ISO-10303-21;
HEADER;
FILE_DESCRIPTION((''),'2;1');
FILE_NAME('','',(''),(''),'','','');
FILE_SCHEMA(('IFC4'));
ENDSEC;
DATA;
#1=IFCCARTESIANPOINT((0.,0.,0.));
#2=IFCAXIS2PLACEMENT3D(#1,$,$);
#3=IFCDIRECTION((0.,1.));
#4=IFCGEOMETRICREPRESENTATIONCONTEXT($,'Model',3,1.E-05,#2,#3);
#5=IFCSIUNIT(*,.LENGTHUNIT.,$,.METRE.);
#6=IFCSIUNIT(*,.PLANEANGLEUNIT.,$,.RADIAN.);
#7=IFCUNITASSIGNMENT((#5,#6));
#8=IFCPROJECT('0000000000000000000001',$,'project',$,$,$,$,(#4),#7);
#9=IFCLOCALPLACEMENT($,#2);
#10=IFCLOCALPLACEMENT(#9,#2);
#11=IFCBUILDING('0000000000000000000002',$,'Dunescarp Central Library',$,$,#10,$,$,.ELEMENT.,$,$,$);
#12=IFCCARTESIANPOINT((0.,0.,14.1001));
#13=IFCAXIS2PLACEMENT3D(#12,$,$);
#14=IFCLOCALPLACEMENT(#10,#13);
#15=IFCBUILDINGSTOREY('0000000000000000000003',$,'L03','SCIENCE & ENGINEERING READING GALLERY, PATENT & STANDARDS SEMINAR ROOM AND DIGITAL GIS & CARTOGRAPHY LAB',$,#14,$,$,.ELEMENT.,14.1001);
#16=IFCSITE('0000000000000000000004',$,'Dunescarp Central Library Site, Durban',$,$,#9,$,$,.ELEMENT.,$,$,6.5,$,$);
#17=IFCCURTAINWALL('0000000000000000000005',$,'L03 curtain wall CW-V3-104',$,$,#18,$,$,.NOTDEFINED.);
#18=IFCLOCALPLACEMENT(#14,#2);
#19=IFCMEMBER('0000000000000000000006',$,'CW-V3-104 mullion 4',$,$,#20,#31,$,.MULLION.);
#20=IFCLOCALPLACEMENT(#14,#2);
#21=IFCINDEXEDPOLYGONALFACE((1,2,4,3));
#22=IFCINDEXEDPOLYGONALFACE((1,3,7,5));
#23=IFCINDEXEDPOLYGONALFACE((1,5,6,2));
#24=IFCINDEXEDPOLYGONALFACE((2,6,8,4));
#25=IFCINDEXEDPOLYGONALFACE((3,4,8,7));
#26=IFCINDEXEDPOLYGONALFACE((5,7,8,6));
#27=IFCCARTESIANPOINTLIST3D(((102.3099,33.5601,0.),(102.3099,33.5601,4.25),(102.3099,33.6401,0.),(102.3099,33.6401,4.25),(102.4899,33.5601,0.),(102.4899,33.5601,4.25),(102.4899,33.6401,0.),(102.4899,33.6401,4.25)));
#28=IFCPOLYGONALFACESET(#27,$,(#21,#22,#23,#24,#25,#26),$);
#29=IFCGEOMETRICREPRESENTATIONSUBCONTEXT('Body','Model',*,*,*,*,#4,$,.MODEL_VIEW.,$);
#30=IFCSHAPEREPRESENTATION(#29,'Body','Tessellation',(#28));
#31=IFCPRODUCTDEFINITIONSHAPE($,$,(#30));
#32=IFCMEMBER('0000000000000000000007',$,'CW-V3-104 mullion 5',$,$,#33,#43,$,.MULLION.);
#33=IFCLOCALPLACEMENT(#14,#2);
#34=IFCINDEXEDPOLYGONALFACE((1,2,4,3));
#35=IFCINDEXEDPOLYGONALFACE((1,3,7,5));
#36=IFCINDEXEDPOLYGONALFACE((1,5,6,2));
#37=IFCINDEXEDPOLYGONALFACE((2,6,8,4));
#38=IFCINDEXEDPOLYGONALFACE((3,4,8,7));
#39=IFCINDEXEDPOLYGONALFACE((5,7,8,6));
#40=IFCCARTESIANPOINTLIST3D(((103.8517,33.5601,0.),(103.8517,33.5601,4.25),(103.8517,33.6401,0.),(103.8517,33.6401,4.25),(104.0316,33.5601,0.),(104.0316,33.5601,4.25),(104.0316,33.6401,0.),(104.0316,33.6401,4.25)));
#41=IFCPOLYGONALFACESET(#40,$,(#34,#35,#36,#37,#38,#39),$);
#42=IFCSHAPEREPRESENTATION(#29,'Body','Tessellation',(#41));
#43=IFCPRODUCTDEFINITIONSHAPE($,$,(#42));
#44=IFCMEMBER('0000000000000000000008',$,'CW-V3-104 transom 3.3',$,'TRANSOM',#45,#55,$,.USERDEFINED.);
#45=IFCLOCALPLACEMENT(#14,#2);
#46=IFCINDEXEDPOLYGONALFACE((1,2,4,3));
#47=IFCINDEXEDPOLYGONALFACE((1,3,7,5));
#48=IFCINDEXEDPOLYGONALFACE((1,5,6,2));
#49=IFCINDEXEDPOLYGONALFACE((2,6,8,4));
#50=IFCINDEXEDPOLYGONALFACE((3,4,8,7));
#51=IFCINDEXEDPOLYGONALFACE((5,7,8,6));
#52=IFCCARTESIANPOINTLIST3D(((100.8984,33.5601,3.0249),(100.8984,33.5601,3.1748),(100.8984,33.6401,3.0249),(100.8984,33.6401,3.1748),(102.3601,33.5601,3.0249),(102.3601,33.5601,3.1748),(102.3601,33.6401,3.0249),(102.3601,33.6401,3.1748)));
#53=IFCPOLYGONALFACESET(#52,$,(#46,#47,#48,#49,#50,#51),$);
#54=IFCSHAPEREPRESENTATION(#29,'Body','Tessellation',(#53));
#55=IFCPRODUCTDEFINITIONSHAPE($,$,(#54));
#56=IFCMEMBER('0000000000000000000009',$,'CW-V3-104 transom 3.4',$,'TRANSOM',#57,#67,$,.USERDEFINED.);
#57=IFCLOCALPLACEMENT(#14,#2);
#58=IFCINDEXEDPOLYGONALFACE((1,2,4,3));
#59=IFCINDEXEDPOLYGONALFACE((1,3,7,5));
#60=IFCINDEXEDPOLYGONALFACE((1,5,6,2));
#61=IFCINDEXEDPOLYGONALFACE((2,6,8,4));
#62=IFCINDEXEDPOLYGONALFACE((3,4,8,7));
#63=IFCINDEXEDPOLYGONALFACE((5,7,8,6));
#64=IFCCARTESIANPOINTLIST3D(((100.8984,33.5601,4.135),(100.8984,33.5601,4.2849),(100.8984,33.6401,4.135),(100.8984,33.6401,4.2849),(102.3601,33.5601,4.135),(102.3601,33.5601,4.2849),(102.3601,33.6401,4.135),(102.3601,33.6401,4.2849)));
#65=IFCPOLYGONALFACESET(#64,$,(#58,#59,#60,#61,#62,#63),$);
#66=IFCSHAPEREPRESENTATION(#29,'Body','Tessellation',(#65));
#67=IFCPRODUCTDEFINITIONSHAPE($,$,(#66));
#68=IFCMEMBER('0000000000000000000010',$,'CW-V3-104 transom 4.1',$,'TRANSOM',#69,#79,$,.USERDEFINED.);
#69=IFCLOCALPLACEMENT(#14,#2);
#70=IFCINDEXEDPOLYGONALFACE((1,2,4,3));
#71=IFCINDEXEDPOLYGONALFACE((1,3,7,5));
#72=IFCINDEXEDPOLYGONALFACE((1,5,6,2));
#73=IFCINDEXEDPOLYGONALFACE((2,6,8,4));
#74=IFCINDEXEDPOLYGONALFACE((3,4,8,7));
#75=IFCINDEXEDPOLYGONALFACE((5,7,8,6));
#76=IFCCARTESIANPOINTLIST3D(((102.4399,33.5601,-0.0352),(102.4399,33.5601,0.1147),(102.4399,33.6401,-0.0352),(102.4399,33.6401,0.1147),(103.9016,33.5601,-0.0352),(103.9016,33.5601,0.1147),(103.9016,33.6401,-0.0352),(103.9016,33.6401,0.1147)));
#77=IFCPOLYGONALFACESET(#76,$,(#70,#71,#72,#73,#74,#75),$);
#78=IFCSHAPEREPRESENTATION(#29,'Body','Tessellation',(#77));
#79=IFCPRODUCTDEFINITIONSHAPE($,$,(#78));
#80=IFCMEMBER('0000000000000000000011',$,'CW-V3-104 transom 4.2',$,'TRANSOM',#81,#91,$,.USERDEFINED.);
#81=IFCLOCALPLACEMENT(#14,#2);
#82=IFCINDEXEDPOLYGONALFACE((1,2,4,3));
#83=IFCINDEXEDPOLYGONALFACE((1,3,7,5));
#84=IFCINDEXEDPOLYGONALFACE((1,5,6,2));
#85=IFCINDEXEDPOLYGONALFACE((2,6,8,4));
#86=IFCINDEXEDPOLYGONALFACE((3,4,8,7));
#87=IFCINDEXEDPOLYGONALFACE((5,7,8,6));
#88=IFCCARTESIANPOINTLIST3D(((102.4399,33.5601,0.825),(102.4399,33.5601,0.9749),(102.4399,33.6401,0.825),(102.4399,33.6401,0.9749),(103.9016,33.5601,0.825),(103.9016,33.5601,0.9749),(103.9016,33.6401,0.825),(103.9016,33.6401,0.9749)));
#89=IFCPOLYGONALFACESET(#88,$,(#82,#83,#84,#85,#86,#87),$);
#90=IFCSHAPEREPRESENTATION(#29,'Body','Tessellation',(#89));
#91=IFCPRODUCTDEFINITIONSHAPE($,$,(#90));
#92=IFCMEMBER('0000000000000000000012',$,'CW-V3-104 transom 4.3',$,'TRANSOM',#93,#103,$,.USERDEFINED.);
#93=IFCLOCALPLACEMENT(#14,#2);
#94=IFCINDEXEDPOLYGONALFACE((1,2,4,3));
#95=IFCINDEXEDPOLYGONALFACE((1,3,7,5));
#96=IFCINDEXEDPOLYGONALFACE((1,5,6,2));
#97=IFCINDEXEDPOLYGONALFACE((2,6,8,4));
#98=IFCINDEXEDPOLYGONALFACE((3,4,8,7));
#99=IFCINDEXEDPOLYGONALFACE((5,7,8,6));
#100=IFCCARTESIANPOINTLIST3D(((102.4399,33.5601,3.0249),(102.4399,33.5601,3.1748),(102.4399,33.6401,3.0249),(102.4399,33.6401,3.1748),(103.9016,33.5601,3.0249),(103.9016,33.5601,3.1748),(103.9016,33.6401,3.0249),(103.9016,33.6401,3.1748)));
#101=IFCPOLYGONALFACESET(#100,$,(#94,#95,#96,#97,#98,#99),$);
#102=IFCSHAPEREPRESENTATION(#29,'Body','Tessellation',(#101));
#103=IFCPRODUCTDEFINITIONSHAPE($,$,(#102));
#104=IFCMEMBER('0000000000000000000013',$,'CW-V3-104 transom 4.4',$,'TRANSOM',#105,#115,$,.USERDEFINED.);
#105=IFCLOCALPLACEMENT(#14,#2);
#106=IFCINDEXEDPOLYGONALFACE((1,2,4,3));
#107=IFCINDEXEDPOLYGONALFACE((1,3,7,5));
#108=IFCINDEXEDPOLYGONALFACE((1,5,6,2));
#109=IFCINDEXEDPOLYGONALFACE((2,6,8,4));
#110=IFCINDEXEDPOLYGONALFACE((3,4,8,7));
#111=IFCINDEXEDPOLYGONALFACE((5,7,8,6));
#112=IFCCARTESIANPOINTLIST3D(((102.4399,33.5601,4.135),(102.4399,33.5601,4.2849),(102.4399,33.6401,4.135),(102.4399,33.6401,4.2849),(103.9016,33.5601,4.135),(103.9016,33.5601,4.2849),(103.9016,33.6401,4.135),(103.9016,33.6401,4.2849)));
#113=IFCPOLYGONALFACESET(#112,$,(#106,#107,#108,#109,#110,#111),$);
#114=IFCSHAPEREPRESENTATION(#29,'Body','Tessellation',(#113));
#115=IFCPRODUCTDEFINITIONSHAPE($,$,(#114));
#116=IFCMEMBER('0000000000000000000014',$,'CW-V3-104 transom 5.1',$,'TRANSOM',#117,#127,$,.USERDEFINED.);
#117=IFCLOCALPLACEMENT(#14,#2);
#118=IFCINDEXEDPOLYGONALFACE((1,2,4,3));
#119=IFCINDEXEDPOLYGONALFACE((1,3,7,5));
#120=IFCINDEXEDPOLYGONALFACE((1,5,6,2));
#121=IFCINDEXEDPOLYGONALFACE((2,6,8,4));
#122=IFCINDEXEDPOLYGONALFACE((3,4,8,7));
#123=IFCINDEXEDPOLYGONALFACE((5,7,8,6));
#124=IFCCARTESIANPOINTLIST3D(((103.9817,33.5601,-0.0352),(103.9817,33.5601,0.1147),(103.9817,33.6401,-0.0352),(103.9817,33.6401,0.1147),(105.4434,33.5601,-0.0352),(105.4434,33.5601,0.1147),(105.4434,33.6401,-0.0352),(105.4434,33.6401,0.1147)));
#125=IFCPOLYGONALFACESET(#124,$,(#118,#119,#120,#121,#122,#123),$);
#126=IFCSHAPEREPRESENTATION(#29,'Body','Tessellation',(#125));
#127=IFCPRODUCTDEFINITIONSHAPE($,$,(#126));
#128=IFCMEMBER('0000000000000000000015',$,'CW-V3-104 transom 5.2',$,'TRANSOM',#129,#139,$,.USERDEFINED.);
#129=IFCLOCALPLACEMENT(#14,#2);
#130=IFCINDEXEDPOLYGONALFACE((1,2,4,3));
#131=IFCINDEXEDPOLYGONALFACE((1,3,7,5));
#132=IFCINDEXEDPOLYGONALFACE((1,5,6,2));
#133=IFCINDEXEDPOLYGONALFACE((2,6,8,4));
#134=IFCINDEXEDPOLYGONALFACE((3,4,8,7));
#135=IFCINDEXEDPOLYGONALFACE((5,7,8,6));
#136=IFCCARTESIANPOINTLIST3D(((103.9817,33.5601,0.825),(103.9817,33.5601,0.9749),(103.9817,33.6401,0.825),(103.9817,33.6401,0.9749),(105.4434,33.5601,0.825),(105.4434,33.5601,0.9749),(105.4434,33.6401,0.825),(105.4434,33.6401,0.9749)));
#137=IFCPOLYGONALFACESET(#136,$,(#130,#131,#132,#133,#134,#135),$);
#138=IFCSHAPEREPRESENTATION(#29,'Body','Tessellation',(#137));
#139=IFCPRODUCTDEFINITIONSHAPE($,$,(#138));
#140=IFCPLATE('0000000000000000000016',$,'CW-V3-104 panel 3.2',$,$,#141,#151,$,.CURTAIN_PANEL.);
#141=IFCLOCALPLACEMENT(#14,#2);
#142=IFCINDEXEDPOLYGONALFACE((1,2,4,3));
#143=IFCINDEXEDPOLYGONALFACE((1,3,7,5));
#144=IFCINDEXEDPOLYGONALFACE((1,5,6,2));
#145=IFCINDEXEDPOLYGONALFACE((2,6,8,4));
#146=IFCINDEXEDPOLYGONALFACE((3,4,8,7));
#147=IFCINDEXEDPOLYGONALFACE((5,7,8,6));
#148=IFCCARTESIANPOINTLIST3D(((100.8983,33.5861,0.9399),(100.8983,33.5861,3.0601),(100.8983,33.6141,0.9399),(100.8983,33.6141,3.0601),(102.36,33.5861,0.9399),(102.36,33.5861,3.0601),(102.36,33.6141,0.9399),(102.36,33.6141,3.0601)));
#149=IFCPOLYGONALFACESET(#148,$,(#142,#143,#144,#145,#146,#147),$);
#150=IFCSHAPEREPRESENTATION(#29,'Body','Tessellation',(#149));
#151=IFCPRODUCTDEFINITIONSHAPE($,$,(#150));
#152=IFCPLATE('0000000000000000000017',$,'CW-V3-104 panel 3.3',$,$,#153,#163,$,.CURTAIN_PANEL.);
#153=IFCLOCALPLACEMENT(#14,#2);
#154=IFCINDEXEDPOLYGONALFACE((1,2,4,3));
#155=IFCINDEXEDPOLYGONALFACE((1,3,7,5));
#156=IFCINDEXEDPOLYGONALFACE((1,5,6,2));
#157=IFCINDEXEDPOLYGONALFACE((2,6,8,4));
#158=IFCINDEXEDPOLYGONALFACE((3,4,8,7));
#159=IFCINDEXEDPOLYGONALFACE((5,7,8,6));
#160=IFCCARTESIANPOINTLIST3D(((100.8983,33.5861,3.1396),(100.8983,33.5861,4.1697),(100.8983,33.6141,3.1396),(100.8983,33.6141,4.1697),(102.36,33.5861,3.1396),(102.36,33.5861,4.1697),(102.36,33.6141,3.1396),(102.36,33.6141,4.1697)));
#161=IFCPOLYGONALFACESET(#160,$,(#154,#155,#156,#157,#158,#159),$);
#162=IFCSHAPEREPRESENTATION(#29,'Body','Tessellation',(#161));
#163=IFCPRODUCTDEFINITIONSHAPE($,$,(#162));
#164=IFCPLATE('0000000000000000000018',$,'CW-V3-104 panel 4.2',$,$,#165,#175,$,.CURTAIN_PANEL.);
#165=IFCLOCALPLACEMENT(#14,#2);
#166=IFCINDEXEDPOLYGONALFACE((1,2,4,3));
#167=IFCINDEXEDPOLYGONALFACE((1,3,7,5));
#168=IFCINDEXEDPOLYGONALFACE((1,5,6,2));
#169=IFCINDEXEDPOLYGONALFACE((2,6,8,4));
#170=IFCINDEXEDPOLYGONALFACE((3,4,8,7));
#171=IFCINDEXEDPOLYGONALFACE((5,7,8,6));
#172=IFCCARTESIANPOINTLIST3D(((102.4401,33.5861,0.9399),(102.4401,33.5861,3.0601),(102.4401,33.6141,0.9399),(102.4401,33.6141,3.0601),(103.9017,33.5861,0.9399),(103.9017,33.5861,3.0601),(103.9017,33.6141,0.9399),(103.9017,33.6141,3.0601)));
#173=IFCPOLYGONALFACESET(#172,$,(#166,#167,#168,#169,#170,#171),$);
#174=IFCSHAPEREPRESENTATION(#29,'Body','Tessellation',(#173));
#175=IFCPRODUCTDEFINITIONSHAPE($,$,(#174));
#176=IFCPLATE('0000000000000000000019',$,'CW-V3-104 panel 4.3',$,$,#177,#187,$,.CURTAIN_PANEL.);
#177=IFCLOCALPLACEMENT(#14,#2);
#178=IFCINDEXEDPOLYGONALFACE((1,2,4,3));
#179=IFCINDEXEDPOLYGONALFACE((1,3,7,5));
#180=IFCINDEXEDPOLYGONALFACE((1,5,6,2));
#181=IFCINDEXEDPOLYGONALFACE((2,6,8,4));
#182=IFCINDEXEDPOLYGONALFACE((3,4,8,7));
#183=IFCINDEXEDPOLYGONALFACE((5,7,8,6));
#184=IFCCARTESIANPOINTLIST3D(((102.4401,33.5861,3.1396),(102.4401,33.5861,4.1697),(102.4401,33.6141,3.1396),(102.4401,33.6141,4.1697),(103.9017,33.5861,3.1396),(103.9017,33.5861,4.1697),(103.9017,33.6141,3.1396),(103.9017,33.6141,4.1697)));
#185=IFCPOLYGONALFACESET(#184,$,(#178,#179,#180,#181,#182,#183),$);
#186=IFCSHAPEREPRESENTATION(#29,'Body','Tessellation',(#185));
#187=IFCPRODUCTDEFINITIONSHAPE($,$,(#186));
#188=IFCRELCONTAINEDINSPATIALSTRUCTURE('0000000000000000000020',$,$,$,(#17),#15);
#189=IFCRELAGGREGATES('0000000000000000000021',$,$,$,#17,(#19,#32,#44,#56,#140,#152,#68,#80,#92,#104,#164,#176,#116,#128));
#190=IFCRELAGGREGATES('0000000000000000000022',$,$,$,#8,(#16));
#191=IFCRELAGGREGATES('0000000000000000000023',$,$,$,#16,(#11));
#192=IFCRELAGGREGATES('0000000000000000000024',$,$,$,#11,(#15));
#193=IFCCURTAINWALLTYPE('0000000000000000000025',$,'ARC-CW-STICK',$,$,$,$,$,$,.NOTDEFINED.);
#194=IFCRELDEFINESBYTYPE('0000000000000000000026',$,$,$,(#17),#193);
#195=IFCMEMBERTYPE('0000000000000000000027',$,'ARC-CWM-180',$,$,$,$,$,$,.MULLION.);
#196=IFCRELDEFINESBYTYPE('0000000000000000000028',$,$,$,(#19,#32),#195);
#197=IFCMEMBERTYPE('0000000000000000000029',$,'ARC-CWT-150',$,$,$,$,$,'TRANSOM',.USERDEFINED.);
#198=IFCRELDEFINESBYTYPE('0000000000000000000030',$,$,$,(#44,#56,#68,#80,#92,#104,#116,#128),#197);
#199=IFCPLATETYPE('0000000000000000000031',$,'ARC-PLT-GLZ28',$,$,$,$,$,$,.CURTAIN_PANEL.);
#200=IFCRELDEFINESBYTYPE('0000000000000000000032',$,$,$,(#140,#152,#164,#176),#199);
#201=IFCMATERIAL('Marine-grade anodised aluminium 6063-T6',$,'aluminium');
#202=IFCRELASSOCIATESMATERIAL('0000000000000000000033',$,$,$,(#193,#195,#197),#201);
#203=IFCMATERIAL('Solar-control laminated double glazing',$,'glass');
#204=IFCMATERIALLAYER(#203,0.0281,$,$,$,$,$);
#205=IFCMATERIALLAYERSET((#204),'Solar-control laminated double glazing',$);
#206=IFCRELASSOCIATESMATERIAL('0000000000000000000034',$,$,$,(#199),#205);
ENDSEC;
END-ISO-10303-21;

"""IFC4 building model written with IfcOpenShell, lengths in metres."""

from ifc_helpers import new_model, si_unit, direction, frame, origin, origin_2d, place, context, subcontext, project, spatial, rectangle, extrude, material, layer, layer_set, material_profile, profile_set, type_object, element, aggregate, save


model = new_model("IFC4")

# Units and contexts
model_context = context("Model", 3, precision=1e-05, world=origin(), true_north=direction((0.0, 1.0)))
body_context = subcontext(model_context, "Body", "Model", "MODEL_VIEW")
ifc_project = project(units=[si_unit("LENGTHUNIT", "METRE"), si_unit("PLANEANGLEUNIT", "RADIAN")], contexts=[model_context])

# Site, building, storey
site_placement = place(None, origin())
site = spatial("IfcSite", under=ifc_project, at=site_placement, Name="Dunescarp Central Library Site, Durban", CompositionType="ELEMENT", RefElevation=6.5)
building_placement = place(site_placement, origin())
building = spatial("IfcBuilding", under=site, at=building_placement, Name="Dunescarp Central Library", CompositionType="ELEMENT")
storey_placement = place(building_placement, frame((0.0, 0.0, 14.1001)))
storey = spatial("IfcBuildingStorey", under=building, at=storey_placement, Name="L03", Description="SCIENCE & ENGINEERING READING GALLERY, PATENT & STANDARDS SEMINAR ROOM AND DIGITAL GIS & CARTOGRAPHY LAB", CompositionType="ELEMENT", Elevation=14.1001)

# Curtain wall, members, plates
ifc_material_1 = material(Name="Marine-grade anodised aluminium 6063-T6", Category="aluminium")
curtain_wall_type = type_object("IfcCurtainWallType", Name="ARC-CW-STICK", PredefinedType="NOTDEFINED", material=ifc_material_1)
curtain_wall_placement = place(storey_placement, origin())
curtain_wall = element("IfcCurtainWall", 1, at=curtain_wall_placement, inside=storey, type_object=curtain_wall_type, Name="L03 curtain wall CW-V3-104", PredefinedType="NOTDEFINED")
ifc_material_profile_1 = material_profile(ifc_material_1, rectangle(XDim=0.0801, YDim=0.1799, at=origin_2d()), Name="AL 80x180")
ifc_profile_set_1 = profile_set([ifc_material_profile_1], Name="Marine-grade anodised aluminium 6063-T6")
member_type_1 = type_object("IfcMemberType", Name="ARC-CWM-180", PredefinedType="MULLION", material=ifc_profile_set_1)
member_1_placement = place(storey_placement, frame((102.3999, 33.6001, 0.0), z_axis=(0.0, 0.0, 1.0), x_axis=(0.0, 1.0, 0.0)))
member_1 = element("IfcMember", 2, at=member_1_placement, type_object=member_type_1, Name="CW-V3-104 mullion 4", PredefinedType="MULLION", context=body_context, shape_type="SweptSolid", body=[
    extrude(rectangle(XDim=0.0801, YDim=0.1799, at=origin_2d()), origin(), (0.0, 0.0, 1.0), 4.25),
])
member_2_placement = place(storey_placement, frame((103.9417, 33.6001, 0.0), z_axis=(0.0, 0.0, 1.0), x_axis=(0.0, 1.0, 0.0)))
member_2 = element("IfcMember", 3, at=member_2_placement, type_object=member_type_1, Name="CW-V3-104 mullion 5", PredefinedType="MULLION", context=body_context, shape_type="SweptSolid", body=[
    extrude(rectangle(XDim=0.0801, YDim=0.1799, at=origin_2d()), origin(), (0.0, 0.0, 1.0), 4.25),
])
ifc_material_profile_2 = material_profile(ifc_material_1, rectangle(XDim=0.0801, YDim=0.1499, at=origin_2d()), Name="AL 80x150")
ifc_profile_set_2 = profile_set([ifc_material_profile_2], Name="Marine-grade anodised aluminium 6063-T6")
member_type_2 = type_object("IfcMemberType", Name="ARC-CWT-150", ElementType="TRANSOM", PredefinedType="USERDEFINED", material=ifc_profile_set_2)
member_3_placement = place(storey_placement, frame((100.8984, 33.6001, 3.0999), z_axis=(1.0, 0.0, 0.0), x_axis=(0.0, 1.0, 0.0)))
member_3 = element("IfcMember", 4, at=member_3_placement, type_object=member_type_2, Name="CW-V3-104 transom 3.3", ObjectType="TRANSOM", PredefinedType="USERDEFINED", context=body_context, shape_type="SweptSolid", body=[
    extrude(rectangle(XDim=0.0801, YDim=0.1499, at=origin_2d()), origin(), (0.0, 0.0, 1.0), 1.4617),
])
member_4_placement = place(storey_placement, frame((100.8984, 33.6001, 4.21), z_axis=(1.0, 0.0, 0.0), x_axis=(0.0, 1.0, 0.0)))
member_4 = element("IfcMember", 5, at=member_4_placement, type_object=member_type_2, Name="CW-V3-104 transom 3.4", ObjectType="TRANSOM", PredefinedType="USERDEFINED", context=body_context, shape_type="SweptSolid", body=[
    extrude(rectangle(XDim=0.0801, YDim=0.1499, at=origin_2d()), origin(), (0.0, 0.0, 1.0), 1.4617),
])
member_5_placement = place(storey_placement, frame((102.4399, 33.6001, 0.0398), z_axis=(1.0, 0.0, 0.0), x_axis=(0.0, 1.0, 0.0)))
member_5 = element("IfcMember", 6, at=member_5_placement, type_object=member_type_2, Name="CW-V3-104 transom 4.1", ObjectType="TRANSOM", PredefinedType="USERDEFINED", context=body_context, shape_type="SweptSolid", body=[
    extrude(rectangle(XDim=0.0801, YDim=0.1499, at=origin_2d()), origin(), (0.0, 0.0, 1.0), 1.4617),
])
member_6_placement = place(storey_placement, frame((102.4399, 33.6001, 0.8999), z_axis=(1.0, 0.0, 0.0), x_axis=(0.0, 1.0, 0.0)))
member_6 = element("IfcMember", 7, at=member_6_placement, type_object=member_type_2, Name="CW-V3-104 transom 4.2", ObjectType="TRANSOM", PredefinedType="USERDEFINED", context=body_context, shape_type="SweptSolid", body=[
    extrude(rectangle(XDim=0.0801, YDim=0.1499, at=origin_2d()), origin(), (0.0, 0.0, 1.0), 1.4617),
])
member_7_placement = place(storey_placement, frame((102.4399, 33.6001, 3.0999), z_axis=(1.0, 0.0, 0.0), x_axis=(0.0, 1.0, 0.0)))
member_7 = element("IfcMember", 8, at=member_7_placement, type_object=member_type_2, Name="CW-V3-104 transom 4.3", ObjectType="TRANSOM", PredefinedType="USERDEFINED", context=body_context, shape_type="SweptSolid", body=[
    extrude(rectangle(XDim=0.0801, YDim=0.1499, at=origin_2d()), origin(), (0.0, 0.0, 1.0), 1.4617),
])
member_8_placement = place(storey_placement, frame((102.4399, 33.6001, 4.21), z_axis=(1.0, 0.0, 0.0), x_axis=(0.0, 1.0, 0.0)))
member_8 = element("IfcMember", 9, at=member_8_placement, type_object=member_type_2, Name="CW-V3-104 transom 4.4", ObjectType="TRANSOM", PredefinedType="USERDEFINED", context=body_context, shape_type="SweptSolid", body=[
    extrude(rectangle(XDim=0.0801, YDim=0.1499, at=origin_2d()), origin(), (0.0, 0.0, 1.0), 1.4617),
])
member_9_placement = place(storey_placement, frame((103.9817, 33.6001, 0.0398), z_axis=(1.0, 0.0, 0.0), x_axis=(0.0, 1.0, 0.0)))
member_9 = element("IfcMember", 10, at=member_9_placement, type_object=member_type_2, Name="CW-V3-104 transom 5.1", ObjectType="TRANSOM", PredefinedType="USERDEFINED", context=body_context, shape_type="SweptSolid", body=[
    extrude(rectangle(XDim=0.0801, YDim=0.1499, at=origin_2d()), origin(), (0.0, 0.0, 1.0), 1.4617),
])
member_10_placement = place(storey_placement, frame((103.9817, 33.6001, 0.8999), z_axis=(1.0, 0.0, 0.0), x_axis=(0.0, 1.0, 0.0)))
member_10 = element("IfcMember", 11, at=member_10_placement, type_object=member_type_2, Name="CW-V3-104 transom 5.2", ObjectType="TRANSOM", PredefinedType="USERDEFINED", context=body_context, shape_type="SweptSolid", body=[
    extrude(rectangle(XDim=0.0801, YDim=0.1499, at=origin_2d()), origin(), (0.0, 0.0, 1.0), 1.4617),
])
ifc_material_2 = material(Name="Solar-control laminated double glazing", Category="glass")
ifc_layer_1 = layer(ifc_material_2, 0.0281)
ifc_layer_set_1 = layer_set([ifc_layer_1], Name="Solar-control laminated double glazing")
plate_type_1 = type_object("IfcPlateType", Name="ARC-PLT-GLZ28", PredefinedType="CURTAIN_PANEL", material=ifc_layer_set_1)
plate_1_placement = place(storey_placement, frame((101.6292, 33.6001, 0.9399), z_axis=(0.0, 0.0, 1.0), x_axis=(1.0, 0.0, 0.0)))
plate_1 = element("IfcPlate", 12, at=plate_1_placement, type_object=plate_type_1, Name="CW-V3-104 panel 3.2", PredefinedType="CURTAIN_PANEL", context=body_context, shape_type="SweptSolid", body=[
    extrude(rectangle(XDim=1.4617, YDim=0.0281, at=origin_2d()), origin(), (0.0, 0.0, 1.0), 2.1201),
])
plate_2_placement = place(storey_placement, frame((101.6292, 33.6001, 3.1396), z_axis=(0.0, 0.0, 1.0), x_axis=(1.0, 0.0, 0.0)))
plate_2 = element("IfcPlate", 13, at=plate_2_placement, type_object=plate_type_1, Name="CW-V3-104 panel 3.3", PredefinedType="CURTAIN_PANEL", context=body_context, shape_type="SweptSolid", body=[
    extrude(rectangle(XDim=1.4617, YDim=0.0281, at=origin_2d()), origin(), (0.0, 0.0, 1.0), 1.03),
])
plate_3_placement = place(storey_placement, frame((103.1709, 33.6001, 0.9399), z_axis=(0.0, 0.0, 1.0), x_axis=(1.0, 0.0, 0.0)))
plate_3 = element("IfcPlate", 14, at=plate_3_placement, type_object=plate_type_1, Name="CW-V3-104 panel 4.2", PredefinedType="CURTAIN_PANEL", context=body_context, shape_type="SweptSolid", body=[
    extrude(rectangle(XDim=1.4617, YDim=0.0281, at=origin_2d()), origin(), (0.0, 0.0, 1.0), 2.1201),
])
plate_4_placement = place(storey_placement, frame((103.1709, 33.6001, 3.1396), z_axis=(0.0, 0.0, 1.0), x_axis=(1.0, 0.0, 0.0)))
plate_4 = element("IfcPlate", 15, at=plate_4_placement, type_object=plate_type_1, Name="CW-V3-104 panel 4.3", PredefinedType="CURTAIN_PANEL", context=body_context, shape_type="SweptSolid", body=[
    extrude(rectangle(XDim=1.4617, YDim=0.0281, at=origin_2d()), origin(), (0.0, 0.0, 1.0), 1.03),
])
aggregate(curtain_wall, [member_1, member_2, member_3, member_4, plate_1, plate_2, member_5, member_6, member_7, member_8, plate_3, plate_4, member_9, member_10])

save(model, "model.ifc")
